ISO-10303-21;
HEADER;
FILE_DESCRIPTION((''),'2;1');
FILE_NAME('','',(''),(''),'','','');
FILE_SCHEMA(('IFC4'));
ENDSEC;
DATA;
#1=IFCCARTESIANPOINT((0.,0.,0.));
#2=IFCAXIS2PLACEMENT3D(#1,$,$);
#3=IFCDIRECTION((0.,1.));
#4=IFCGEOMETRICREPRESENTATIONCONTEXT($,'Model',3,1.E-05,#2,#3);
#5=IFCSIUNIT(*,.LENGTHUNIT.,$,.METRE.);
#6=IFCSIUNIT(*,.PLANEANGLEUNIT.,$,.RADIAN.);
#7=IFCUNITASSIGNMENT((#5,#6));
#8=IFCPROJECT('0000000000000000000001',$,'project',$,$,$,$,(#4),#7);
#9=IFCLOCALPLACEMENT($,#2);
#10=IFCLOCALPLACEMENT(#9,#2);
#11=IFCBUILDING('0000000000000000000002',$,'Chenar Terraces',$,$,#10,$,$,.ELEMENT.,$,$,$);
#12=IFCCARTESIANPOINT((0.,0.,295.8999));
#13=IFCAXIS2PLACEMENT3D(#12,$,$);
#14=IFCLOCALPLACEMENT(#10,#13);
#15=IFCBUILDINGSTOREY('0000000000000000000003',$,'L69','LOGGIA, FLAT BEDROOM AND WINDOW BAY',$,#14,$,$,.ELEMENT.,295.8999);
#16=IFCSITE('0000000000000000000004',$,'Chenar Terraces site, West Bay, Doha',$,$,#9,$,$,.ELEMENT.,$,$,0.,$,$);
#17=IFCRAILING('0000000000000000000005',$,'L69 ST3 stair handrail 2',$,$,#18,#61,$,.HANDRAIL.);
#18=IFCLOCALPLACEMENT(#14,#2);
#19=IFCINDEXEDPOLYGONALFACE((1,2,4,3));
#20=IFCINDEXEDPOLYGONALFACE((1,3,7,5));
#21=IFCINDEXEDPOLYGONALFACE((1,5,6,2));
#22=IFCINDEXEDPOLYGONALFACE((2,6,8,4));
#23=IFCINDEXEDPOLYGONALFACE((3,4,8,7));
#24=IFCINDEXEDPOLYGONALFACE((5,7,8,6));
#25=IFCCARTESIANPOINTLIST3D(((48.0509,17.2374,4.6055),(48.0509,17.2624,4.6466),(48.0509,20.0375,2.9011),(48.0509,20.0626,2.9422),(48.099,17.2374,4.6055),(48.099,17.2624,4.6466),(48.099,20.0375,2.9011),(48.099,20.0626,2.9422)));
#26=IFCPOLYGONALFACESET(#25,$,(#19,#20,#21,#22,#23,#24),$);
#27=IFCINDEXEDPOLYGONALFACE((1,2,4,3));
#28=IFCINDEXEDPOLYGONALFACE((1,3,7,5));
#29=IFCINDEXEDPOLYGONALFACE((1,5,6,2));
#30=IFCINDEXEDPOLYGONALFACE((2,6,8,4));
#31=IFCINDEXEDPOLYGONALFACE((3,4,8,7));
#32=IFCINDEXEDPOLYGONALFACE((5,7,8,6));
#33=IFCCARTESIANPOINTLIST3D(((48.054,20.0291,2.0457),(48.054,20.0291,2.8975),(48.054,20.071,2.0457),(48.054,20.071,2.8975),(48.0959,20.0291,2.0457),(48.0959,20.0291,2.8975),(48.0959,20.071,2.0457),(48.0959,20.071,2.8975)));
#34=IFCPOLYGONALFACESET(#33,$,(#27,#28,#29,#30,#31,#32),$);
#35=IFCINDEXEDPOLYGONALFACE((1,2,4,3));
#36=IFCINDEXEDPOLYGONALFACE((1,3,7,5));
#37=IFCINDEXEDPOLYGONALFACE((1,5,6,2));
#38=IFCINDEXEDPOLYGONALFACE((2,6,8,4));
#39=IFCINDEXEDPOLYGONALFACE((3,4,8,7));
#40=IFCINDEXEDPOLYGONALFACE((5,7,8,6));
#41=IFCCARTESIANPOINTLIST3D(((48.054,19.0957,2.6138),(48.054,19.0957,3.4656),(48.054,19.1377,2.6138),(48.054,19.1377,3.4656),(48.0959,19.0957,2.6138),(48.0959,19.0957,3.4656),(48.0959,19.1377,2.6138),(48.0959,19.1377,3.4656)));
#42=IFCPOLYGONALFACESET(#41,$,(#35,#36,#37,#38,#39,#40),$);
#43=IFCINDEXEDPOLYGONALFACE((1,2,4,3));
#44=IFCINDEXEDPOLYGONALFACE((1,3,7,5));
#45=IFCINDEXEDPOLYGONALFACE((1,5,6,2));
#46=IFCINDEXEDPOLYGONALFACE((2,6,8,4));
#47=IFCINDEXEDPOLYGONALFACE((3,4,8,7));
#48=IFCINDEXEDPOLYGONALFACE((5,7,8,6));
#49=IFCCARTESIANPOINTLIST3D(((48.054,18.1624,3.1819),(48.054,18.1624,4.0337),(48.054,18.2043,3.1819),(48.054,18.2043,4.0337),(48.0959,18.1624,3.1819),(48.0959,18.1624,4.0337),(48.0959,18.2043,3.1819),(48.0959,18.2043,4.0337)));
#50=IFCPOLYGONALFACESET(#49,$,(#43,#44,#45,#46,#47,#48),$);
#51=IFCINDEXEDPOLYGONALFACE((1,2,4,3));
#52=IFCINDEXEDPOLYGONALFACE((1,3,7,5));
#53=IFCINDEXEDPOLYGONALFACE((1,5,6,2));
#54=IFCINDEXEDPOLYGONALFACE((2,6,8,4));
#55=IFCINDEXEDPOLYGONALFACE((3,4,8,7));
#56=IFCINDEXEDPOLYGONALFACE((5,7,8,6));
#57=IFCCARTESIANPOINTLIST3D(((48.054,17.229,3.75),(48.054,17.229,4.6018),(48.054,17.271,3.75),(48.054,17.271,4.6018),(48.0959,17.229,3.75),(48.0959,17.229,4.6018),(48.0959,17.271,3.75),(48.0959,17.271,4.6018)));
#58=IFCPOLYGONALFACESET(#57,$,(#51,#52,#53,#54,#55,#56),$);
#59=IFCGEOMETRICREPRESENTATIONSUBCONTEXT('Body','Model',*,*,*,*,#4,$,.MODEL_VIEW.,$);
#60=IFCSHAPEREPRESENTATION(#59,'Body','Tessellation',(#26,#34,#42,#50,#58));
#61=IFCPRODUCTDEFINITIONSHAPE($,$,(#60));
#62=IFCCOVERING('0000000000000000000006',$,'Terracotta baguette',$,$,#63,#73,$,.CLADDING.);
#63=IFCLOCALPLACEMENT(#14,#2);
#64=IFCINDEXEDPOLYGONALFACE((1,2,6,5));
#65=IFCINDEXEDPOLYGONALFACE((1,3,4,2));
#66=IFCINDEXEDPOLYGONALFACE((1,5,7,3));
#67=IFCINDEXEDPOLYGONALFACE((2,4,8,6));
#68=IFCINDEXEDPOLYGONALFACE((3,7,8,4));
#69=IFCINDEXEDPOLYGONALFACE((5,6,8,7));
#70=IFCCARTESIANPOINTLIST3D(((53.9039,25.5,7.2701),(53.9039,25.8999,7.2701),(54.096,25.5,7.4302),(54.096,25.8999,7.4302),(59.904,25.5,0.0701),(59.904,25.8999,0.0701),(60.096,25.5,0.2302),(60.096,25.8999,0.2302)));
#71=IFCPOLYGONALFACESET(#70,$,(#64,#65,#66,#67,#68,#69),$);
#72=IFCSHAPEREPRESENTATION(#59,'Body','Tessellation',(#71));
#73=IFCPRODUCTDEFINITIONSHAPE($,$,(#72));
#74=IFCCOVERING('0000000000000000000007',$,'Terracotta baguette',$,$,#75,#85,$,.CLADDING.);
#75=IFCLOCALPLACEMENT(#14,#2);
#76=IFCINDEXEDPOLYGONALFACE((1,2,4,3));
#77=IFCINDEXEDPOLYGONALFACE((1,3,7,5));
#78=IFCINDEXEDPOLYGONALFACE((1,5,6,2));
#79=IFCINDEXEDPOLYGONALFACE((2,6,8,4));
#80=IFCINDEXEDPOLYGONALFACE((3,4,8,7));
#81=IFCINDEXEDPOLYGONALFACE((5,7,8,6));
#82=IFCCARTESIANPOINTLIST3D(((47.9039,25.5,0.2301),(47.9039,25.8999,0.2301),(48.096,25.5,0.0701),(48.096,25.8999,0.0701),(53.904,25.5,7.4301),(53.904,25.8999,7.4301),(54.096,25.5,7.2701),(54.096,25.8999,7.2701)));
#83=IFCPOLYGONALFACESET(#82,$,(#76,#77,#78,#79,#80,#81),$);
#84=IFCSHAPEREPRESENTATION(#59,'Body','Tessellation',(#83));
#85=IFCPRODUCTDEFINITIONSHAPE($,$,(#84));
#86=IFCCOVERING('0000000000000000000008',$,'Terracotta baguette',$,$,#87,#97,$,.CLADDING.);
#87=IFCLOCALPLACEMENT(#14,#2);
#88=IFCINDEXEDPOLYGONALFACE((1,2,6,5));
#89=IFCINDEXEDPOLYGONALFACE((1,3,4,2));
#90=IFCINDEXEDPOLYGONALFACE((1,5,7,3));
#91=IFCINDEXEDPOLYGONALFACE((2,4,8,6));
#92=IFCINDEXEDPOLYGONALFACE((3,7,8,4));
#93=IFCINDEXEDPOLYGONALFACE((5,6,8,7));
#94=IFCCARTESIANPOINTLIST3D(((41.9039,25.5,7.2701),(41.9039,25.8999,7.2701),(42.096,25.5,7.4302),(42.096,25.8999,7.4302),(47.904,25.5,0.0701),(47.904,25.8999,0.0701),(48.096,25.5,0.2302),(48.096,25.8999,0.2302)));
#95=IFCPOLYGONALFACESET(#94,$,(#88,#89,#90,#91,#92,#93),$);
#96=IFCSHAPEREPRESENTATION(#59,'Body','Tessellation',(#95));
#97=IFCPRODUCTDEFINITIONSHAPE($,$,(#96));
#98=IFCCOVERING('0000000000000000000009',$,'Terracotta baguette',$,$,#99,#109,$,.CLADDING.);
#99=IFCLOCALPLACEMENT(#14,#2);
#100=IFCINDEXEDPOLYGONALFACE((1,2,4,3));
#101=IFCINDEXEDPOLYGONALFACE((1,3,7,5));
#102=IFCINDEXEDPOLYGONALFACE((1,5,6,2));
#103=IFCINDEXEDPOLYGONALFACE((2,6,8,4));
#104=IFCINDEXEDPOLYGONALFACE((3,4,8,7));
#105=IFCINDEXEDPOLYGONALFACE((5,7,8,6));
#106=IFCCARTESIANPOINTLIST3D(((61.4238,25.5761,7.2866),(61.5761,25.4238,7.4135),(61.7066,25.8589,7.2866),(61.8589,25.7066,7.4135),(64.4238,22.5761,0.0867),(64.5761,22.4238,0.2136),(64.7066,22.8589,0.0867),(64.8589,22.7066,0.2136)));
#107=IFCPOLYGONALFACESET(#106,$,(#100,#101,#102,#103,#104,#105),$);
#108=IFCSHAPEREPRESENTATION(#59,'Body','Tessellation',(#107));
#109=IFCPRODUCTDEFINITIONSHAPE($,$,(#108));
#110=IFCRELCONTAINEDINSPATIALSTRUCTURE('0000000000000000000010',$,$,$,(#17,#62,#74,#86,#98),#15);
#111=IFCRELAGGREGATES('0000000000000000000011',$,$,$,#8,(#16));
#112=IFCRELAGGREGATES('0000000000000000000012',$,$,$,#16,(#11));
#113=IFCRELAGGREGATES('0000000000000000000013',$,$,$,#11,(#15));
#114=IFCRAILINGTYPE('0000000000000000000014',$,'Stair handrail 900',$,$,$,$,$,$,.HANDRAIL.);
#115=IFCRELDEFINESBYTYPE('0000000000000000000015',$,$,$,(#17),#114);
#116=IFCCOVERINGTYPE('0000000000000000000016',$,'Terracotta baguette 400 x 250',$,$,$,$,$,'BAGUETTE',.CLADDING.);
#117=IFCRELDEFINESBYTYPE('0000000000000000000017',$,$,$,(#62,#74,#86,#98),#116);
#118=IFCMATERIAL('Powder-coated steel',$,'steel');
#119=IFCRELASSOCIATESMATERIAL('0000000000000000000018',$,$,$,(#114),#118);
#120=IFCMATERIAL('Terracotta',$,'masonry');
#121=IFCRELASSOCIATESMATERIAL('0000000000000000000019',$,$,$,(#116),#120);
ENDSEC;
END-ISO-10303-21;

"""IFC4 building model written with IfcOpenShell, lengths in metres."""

from ifc_helpers import new_model, si_unit, direction, frame, origin, origin_2d, place, context, subcontext, project, spatial, rectangle, extrude, material, material_profile, profile_set, type_object, element, save


model = new_model("IFC4")

# Units and contexts
model_context = context("Model", 3, precision=1e-05, world=origin(), true_north=direction((0.0, 1.0)))
body_context = subcontext(model_context, "Body", "Model", "MODEL_VIEW")
ifc_project = project(units=[si_unit("LENGTHUNIT", "METRE"), si_unit("PLANEANGLEUNIT", "RADIAN")], contexts=[model_context])

# Site, building, storey
site_placement = place(None, origin())
site = spatial("IfcSite", under=ifc_project, at=site_placement, Name="Chenar Terraces site, West Bay, Doha", CompositionType="ELEMENT", RefElevation=0.0)
building_placement = place(site_placement, origin())
building = spatial("IfcBuilding", under=site, at=building_placement, Name="Chenar Terraces", CompositionType="ELEMENT")
storey_placement = place(building_placement, frame((0.0, 0.0, 295.8999)))
storey = spatial("IfcBuildingStorey", under=building, at=storey_placement, Name="L69", Description="LOGGIA, FLAT BEDROOM AND WINDOW BAY", CompositionType="ELEMENT", Elevation=295.8999)

# Railing
ifc_material_1 = material(Name="Powder-coated steel", Category="steel")
railing_type_1 = type_object("IfcRailingType", Name="Stair handrail 900", PredefinedType="HANDRAIL", material=ifc_material_1)
railing_1_placement = place(storey_placement, frame((48.075, 20.05, 2.0457)))
element("IfcRailing", 1, at=railing_1_placement, inside=storey, type_object=railing_type_1, Name="L69 ST3 stair handrail 2", PredefinedType="HANDRAIL", context=body_context, shape_type="SweptSolid", body=[
    extrude(rectangle(XDim=0.0481, YDim=0.0481, at=origin_2d()), frame((0.0, 0.0, 0.876), z_axis=(0.0, -0.854203, 0.51994), x_axis=(1.0, 0.0, 0.0)), (0.0, 0.0, 1.0), 3.2781),
    extrude(rectangle(XDim=0.042, YDim=0.042, at=origin_2d()), origin(), (0.0, 0.0, 1.0), 0.8518),
    extrude(rectangle(XDim=0.042, YDim=0.042, at=origin_2d()), frame((0.0, -0.9333, 0.5681)), (0.0, 0.0, 1.0), 0.8518),
    extrude(rectangle(XDim=0.042, YDim=0.042, at=origin_2d()), frame((0.0, -1.8667, 1.1362)), (0.0, 0.0, 1.0), 0.8518),
    extrude(rectangle(XDim=0.042, YDim=0.042, at=origin_2d()), frame((0.0, -2.8, 1.7043)), (0.0, 0.0, 1.0), 0.8518),
])

# Coverings
ifc_material_2 = material(Name="Terracotta", Category="masonry")
ifc_material_profile_1 = material_profile(ifc_material_2, rectangle(XDim=0.3999, YDim=0.25, at=origin_2d()), Name="Terracotta baguette 400 x 250")
ifc_profile_set_1 = profile_set([ifc_material_profile_1], Name="Terracotta")
covering_type = type_object("IfcCoveringType", Name="Terracotta baguette 400 x 250", ElementType="BAGUETTE", PredefinedType="CLADDING", material=ifc_profile_set_1)
for number, where, z_axis, x_axis, name in (
    (2, (60.0, 25.7, 0.1501), (-0.640187, 0.0, 0.768219), (0.0, -1.0, 0.0), "Terracotta baguette"),
    (3, (54.0, 25.7, 7.3501), (-0.640187, 0.0, -0.768219), (0.0, -1.0, 0.0), "Terracotta baguette"),
    (4, (48.0, 25.7, 0.1501), (-0.640187, 0.0, 0.768219), (0.0, -1.0, 0.0), "Terracotta baguette"),
):
    element("IfcCovering", number, at=place(storey_placement, frame(where, z_axis=z_axis, x_axis=x_axis)), inside=storey, type_object=covering_type, Name=name, PredefinedType="CLADDING", context=body_context, shape_type="SweptSolid", body=[
        extrude(rectangle(XDim=0.3999, YDim=0.25, at=origin_2d()), origin(), (0.0, 0.0, 1.0), 9.3723),
    ])
covering_placement = place(storey_placement, frame((64.6414, 22.6414, 0.1501), z_axis=(-0.358981, 0.358981, 0.861548), x_axis=(-0.707107, -0.707107, 0.0)))
element("IfcCovering", 5, at=covering_placement, inside=storey, type_object=covering_type, Name="Terracotta baguette", PredefinedType="CLADDING", context=body_context, shape_type="SweptSolid", body=[
    extrude(rectangle(XDim=0.3999, YDim=0.25, at=origin_2d()), origin(), (0.0, 0.0, 1.0), 8.3569),
])

save(model, "model.ifc")
